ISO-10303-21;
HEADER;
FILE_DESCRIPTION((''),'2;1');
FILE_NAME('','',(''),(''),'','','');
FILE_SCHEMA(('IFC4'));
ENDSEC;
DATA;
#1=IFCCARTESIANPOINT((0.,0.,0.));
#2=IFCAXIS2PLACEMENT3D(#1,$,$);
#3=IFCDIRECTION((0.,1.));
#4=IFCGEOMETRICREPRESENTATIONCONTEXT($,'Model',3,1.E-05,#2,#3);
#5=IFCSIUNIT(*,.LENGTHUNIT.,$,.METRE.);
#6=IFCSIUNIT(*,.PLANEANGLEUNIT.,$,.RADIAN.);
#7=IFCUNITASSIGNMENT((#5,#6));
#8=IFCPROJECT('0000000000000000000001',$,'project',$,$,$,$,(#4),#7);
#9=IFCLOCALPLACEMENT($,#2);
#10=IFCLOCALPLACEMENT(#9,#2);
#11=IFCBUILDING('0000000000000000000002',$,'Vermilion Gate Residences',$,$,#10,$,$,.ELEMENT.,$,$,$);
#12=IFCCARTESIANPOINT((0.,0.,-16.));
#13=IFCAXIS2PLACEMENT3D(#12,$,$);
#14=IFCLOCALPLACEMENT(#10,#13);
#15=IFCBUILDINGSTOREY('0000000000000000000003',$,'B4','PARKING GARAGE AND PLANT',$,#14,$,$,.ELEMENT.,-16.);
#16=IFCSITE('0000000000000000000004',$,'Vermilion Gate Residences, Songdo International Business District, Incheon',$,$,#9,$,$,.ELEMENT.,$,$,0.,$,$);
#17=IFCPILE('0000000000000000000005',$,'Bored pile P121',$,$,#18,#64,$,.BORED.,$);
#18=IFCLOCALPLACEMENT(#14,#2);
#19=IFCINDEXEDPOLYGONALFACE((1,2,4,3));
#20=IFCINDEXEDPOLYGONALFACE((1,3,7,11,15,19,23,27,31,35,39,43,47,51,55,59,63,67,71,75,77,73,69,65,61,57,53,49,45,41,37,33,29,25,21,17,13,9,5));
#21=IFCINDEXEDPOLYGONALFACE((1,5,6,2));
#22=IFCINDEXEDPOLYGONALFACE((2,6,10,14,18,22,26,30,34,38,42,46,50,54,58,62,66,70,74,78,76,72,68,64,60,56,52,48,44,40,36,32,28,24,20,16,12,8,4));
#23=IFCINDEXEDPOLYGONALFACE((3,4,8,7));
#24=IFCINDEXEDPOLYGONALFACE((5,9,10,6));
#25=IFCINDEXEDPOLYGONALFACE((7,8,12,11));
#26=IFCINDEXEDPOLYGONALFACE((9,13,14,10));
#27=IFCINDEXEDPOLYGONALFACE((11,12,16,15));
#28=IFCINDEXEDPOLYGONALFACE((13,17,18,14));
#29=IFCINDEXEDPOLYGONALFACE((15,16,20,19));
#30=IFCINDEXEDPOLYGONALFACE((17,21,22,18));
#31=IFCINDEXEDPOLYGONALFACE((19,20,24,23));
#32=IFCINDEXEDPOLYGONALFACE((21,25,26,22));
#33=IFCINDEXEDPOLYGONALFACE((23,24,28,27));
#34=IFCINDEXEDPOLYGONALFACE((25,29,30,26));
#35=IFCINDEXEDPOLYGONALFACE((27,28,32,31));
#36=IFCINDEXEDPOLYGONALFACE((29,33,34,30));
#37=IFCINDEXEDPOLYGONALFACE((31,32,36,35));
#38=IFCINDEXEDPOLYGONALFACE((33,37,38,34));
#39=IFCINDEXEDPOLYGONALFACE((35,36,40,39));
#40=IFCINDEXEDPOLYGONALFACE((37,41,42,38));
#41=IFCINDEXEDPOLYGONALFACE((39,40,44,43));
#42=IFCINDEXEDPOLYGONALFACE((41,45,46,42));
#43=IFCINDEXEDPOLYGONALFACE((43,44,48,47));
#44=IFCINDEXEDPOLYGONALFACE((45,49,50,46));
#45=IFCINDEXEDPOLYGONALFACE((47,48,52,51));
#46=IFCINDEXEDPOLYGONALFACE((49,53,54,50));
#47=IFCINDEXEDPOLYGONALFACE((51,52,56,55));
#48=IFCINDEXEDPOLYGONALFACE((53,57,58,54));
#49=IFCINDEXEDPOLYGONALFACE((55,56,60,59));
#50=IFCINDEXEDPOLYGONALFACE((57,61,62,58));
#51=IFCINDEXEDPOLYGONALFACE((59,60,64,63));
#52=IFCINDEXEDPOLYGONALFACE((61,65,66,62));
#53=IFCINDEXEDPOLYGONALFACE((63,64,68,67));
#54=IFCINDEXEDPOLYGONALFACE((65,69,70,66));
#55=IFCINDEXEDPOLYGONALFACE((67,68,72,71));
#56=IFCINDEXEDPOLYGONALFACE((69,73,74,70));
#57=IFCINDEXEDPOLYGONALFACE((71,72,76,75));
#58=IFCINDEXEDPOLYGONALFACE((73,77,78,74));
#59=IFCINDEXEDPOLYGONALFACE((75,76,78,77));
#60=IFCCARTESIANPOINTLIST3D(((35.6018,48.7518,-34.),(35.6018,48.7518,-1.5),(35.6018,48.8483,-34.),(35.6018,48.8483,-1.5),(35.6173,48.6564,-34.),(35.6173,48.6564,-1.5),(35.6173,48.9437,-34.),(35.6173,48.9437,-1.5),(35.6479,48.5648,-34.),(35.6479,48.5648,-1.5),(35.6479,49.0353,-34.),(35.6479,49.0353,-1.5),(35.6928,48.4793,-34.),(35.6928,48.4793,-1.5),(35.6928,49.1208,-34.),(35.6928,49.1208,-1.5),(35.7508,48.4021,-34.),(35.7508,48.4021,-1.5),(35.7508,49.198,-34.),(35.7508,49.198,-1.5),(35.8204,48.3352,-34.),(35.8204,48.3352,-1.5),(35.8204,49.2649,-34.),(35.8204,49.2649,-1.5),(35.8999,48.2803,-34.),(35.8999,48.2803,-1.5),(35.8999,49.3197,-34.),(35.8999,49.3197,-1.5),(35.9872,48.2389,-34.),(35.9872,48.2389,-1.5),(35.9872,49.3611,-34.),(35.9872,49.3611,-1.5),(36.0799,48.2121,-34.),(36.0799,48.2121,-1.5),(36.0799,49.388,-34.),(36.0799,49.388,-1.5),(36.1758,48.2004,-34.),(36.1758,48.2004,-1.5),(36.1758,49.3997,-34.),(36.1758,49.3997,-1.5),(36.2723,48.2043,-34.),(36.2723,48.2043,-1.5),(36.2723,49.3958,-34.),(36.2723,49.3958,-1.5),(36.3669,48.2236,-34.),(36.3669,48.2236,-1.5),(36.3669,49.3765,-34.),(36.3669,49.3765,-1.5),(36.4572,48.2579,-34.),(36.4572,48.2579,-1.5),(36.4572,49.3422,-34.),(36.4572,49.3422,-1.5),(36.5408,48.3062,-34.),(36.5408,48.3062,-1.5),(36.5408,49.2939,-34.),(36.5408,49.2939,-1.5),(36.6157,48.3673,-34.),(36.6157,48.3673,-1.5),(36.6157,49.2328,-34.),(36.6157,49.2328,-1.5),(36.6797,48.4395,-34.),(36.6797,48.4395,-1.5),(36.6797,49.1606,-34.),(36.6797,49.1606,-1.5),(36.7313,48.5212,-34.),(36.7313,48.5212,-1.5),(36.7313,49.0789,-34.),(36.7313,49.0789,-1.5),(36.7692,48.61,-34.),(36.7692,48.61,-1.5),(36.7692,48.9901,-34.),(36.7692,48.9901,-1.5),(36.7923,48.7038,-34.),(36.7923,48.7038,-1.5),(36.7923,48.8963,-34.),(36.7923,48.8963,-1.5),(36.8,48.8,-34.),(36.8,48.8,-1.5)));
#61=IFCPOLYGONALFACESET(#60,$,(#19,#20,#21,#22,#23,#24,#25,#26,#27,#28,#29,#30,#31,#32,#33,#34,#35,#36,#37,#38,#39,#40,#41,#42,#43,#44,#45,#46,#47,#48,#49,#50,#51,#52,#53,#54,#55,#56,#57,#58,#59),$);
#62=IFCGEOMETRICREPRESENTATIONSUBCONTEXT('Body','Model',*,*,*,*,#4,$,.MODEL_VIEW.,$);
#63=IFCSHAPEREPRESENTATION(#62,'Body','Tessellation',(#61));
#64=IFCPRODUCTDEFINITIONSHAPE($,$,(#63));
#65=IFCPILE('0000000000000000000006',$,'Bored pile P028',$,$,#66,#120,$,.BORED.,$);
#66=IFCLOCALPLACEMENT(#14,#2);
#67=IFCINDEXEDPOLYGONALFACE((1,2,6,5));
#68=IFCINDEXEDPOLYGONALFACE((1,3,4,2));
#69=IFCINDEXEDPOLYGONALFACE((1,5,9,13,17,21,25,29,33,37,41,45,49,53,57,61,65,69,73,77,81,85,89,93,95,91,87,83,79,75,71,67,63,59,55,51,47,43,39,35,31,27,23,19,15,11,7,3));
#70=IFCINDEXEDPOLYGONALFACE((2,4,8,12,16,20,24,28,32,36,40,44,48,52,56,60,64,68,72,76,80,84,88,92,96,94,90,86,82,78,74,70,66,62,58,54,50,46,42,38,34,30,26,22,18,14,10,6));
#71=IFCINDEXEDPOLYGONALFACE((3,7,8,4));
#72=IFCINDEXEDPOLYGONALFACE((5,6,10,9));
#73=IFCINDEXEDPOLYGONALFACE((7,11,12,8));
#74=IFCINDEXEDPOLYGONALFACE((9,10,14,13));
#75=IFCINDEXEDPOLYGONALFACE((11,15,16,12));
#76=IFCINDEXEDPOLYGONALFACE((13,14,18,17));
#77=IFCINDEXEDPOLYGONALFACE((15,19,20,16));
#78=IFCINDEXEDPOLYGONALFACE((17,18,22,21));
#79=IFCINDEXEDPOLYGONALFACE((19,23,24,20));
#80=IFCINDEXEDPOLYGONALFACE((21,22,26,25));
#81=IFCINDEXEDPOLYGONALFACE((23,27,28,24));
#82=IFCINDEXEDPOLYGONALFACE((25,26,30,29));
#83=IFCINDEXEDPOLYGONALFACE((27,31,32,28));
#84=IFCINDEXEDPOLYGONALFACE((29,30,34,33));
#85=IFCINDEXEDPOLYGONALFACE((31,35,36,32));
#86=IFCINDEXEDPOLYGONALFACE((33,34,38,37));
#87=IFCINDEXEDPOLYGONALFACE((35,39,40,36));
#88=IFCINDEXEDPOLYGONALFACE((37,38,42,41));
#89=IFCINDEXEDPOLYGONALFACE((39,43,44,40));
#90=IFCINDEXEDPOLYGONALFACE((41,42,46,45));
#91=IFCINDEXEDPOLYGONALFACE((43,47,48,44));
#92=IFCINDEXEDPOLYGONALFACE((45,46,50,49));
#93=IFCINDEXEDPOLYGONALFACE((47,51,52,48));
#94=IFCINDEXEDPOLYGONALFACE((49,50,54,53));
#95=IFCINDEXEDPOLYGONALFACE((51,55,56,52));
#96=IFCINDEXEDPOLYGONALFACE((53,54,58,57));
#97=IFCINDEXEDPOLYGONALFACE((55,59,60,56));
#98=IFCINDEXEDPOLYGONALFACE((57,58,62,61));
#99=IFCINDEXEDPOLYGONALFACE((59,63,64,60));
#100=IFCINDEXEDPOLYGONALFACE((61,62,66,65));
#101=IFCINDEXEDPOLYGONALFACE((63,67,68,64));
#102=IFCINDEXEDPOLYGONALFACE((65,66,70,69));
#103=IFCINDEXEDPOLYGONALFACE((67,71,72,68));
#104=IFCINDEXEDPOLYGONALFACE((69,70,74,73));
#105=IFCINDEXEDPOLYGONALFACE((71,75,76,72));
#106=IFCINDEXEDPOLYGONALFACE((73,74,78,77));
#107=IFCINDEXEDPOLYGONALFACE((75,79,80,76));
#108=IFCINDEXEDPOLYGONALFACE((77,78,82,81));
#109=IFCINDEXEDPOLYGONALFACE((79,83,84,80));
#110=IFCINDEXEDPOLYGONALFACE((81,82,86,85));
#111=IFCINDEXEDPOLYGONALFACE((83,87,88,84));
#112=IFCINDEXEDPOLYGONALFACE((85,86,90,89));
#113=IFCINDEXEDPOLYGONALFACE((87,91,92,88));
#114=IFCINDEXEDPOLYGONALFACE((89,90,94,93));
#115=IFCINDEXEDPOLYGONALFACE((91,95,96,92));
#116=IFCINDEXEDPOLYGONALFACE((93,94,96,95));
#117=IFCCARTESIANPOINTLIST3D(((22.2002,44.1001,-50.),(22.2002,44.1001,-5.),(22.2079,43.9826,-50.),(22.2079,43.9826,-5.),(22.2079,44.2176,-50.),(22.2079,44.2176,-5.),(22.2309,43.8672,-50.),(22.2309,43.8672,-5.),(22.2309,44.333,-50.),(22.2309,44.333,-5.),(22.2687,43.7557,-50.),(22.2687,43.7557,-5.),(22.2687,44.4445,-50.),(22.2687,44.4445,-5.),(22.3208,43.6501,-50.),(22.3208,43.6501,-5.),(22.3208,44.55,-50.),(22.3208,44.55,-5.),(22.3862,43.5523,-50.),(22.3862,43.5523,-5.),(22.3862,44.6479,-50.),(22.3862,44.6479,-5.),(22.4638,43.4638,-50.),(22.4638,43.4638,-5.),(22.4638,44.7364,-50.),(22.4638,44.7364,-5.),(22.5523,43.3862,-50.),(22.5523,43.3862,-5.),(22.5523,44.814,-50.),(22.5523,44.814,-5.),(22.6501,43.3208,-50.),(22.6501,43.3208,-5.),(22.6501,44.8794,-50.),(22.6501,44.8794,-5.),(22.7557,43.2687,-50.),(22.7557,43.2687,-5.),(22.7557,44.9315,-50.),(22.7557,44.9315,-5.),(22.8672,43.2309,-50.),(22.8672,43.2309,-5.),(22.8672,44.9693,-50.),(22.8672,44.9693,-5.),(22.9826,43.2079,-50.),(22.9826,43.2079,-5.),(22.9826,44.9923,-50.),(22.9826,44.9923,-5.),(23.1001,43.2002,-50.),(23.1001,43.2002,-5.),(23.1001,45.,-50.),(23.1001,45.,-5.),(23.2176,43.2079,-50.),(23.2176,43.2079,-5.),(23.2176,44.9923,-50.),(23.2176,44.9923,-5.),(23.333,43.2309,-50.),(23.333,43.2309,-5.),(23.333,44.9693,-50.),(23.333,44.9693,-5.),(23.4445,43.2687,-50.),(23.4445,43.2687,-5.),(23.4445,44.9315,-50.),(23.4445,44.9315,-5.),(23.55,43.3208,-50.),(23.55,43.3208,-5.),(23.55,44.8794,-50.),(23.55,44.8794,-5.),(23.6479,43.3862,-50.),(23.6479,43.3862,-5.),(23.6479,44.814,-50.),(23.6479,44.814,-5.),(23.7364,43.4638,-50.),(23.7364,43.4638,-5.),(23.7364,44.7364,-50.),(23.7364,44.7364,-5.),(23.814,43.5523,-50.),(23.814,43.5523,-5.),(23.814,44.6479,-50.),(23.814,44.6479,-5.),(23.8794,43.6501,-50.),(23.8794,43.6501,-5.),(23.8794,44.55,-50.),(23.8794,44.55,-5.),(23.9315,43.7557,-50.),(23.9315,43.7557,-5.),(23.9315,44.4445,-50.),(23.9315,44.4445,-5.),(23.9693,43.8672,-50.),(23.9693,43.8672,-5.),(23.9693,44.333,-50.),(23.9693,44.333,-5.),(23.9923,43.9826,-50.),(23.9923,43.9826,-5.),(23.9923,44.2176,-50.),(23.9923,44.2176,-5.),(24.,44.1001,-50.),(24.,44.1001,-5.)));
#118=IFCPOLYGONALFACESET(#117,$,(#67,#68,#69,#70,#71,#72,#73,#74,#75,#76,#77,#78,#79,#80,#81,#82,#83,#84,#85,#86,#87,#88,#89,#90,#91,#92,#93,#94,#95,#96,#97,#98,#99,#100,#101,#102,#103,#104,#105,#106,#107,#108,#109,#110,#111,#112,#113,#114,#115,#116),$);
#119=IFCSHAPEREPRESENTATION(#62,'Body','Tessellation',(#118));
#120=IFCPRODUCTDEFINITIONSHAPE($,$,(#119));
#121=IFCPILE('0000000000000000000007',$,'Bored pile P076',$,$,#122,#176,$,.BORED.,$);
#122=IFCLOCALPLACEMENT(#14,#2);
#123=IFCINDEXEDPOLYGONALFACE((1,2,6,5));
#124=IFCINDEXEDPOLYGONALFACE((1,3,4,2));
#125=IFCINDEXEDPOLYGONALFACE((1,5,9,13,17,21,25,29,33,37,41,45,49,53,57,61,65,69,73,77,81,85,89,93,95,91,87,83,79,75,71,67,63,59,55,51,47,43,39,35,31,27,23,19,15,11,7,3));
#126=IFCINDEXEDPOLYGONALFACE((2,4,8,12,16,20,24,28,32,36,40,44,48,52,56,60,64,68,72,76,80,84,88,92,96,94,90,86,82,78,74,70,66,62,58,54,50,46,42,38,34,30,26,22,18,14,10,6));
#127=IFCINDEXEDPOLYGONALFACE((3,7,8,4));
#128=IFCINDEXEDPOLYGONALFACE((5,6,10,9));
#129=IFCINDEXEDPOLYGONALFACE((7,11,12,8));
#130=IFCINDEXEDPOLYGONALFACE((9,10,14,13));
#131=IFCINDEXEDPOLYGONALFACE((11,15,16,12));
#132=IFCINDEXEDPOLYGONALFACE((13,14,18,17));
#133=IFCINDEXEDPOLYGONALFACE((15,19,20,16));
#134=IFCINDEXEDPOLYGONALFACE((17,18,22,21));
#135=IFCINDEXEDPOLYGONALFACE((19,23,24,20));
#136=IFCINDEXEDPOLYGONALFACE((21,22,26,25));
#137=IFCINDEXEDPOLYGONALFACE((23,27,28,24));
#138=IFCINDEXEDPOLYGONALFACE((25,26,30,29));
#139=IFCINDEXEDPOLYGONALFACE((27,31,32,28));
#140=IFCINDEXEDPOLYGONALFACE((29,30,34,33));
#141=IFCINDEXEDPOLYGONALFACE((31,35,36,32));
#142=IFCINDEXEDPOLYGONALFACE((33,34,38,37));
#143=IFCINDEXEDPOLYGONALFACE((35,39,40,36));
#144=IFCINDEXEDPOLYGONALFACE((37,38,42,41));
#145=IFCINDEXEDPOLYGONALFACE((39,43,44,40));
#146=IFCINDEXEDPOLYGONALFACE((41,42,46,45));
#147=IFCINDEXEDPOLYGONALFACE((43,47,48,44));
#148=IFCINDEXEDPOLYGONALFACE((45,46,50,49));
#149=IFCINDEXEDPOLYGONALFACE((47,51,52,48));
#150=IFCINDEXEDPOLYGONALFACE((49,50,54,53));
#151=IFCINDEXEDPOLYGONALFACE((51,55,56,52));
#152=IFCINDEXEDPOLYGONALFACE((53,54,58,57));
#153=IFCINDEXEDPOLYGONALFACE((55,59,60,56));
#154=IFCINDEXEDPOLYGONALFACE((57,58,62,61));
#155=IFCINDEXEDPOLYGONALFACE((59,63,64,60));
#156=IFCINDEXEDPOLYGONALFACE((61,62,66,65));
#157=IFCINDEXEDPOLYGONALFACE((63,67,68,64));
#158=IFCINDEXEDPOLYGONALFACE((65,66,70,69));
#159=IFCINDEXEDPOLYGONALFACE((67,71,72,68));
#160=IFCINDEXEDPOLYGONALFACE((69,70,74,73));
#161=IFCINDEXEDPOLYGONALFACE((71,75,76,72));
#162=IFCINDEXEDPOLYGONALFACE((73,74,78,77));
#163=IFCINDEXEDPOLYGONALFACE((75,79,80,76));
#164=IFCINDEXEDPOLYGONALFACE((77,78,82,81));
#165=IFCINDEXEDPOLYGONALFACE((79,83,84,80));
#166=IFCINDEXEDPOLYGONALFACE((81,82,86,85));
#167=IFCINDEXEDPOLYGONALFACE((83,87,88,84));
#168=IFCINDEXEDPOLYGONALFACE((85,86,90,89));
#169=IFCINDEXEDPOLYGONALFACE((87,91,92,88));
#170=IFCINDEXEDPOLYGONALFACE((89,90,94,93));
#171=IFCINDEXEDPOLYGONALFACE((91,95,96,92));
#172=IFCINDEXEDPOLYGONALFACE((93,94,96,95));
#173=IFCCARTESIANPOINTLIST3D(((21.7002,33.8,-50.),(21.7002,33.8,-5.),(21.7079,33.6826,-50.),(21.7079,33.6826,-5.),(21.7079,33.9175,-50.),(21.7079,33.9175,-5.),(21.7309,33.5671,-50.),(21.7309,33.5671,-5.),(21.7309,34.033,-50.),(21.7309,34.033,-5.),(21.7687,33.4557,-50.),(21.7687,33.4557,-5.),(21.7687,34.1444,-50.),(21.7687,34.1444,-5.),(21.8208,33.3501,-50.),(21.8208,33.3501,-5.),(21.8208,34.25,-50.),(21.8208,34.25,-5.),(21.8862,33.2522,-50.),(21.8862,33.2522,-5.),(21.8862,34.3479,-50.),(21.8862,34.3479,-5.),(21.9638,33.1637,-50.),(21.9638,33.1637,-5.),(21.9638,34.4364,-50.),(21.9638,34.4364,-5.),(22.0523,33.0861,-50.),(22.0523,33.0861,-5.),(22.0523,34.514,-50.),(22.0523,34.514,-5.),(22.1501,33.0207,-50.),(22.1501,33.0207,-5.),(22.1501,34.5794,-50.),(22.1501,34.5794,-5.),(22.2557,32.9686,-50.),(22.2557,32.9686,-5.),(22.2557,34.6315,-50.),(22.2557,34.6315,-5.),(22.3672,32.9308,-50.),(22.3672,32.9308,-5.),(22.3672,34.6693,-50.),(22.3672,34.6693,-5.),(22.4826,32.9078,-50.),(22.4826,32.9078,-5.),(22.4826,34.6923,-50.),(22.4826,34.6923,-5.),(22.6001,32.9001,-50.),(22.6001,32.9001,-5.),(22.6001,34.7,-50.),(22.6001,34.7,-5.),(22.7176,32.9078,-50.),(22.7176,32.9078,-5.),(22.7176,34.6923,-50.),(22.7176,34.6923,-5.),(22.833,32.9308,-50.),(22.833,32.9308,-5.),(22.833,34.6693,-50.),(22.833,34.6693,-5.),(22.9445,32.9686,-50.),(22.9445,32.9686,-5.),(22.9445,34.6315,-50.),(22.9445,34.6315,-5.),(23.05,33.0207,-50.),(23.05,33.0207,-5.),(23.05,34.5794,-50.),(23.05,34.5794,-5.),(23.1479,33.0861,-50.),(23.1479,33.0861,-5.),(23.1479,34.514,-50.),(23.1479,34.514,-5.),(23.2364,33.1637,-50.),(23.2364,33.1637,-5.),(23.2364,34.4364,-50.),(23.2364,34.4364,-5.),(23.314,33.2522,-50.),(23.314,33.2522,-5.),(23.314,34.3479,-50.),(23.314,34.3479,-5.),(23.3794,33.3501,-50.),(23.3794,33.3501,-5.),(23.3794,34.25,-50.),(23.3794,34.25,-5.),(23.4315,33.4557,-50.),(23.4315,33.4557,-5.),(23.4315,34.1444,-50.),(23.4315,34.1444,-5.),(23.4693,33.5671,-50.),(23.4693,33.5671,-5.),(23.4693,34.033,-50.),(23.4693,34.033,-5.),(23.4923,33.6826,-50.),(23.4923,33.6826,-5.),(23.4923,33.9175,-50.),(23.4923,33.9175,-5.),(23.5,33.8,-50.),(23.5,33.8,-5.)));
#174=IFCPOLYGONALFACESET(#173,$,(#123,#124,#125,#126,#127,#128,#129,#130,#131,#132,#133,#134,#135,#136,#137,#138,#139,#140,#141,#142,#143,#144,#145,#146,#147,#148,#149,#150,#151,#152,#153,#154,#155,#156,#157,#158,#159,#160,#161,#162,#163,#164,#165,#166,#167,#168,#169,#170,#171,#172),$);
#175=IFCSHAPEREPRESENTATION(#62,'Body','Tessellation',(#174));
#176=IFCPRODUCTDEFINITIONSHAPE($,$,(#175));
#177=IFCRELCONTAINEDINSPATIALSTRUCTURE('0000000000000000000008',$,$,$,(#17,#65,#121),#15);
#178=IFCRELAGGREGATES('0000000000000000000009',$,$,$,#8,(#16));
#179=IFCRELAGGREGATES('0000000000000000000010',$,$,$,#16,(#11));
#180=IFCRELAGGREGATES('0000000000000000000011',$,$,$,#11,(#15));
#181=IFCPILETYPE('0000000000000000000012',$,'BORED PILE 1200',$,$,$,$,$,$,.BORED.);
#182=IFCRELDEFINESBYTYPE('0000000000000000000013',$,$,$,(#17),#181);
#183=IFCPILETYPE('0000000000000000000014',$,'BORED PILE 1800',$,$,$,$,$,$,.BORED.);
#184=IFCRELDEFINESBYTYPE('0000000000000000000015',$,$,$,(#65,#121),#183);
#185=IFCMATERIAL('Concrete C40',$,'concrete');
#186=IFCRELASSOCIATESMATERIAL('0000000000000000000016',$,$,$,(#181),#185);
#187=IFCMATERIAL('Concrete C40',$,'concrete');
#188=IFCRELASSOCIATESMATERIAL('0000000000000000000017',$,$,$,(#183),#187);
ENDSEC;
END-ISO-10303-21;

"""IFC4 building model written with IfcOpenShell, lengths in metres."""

from ifc_helpers import new_model, si_unit, direction, frame, origin, origin_2d, place, context, subcontext, project, spatial, circle, extrude, material, material_profile, profile_set, type_object, element, save


model = new_model("IFC4")

# Units and contexts
model_context = context("Model", 3, precision=1e-05, world=origin(), true_north=direction((0.0, 1.0)))
body_context = subcontext(model_context, "Body", "Model", "MODEL_VIEW")
ifc_project = project(units=[si_unit("LENGTHUNIT", "METRE"), si_unit("PLANEANGLEUNIT", "RADIAN")], contexts=[model_context])

# Site, building, storey
site_placement = place(None, origin())
site = spatial("IfcSite", under=ifc_project, at=site_placement, Name="Vermilion Gate Residences, Songdo International Business District, Incheon", CompositionType="ELEMENT", RefElevation=0.0)
building_placement = place(site_placement, origin())
building = spatial("IfcBuilding", under=site, at=building_placement, Name="Vermilion Gate Residences", CompositionType="ELEMENT")
storey_placement = place(building_placement, frame((0.0, 0.0, -16.0)))
storey = spatial("IfcBuildingStorey", under=building, at=storey_placement, Name="B4", Description="PARKING GARAGE AND PLANT", CompositionType="ELEMENT", Elevation=-16.0)

# Piles
ifc_material_1 = material(Name="Concrete C40", Category="concrete")
ifc_material_profile_1 = material_profile(ifc_material_1, circle(Radius=0.6001, at=origin_2d()), Name="BORED PILE 1200")
ifc_profile_set_1 = profile_set([ifc_material_profile_1], Name="Concrete C40")
pile_type_1 = type_object("IfcPileType", Name="BORED PILE 1200", PredefinedType="BORED", material=ifc_profile_set_1)
for number, where, z_axis, x_axis, name in (
    (1, (36.2, 48.8, -1.5), (0.0, 0.0, -1.0), (1.0, 0.0, 0.0), "Bored pile P121"),
):
    element("IfcPile", number, at=place(storey_placement, frame(where, z_axis=z_axis, x_axis=x_axis)), inside=storey, type_object=pile_type_1, Name=name, PredefinedType="BORED", context=body_context, shape_type="SweptSolid", body=[
        extrude(circle(Radius=0.6001, at=origin_2d()), origin(), (0.0, 0.0, 1.0), 32.5),
    ])
ifc_material_2 = material(Name="Concrete C40", Category="concrete")
ifc_material_profile_2 = material_profile(ifc_material_2, circle(Radius=0.8999, at=origin_2d()), Name="BORED PILE 1800")
ifc_profile_set_2 = profile_set([ifc_material_profile_2], Name="Concrete C40")
pile_type_2 = type_object("IfcPileType", Name="BORED PILE 1800", PredefinedType="BORED", material=ifc_profile_set_2)
for number, where, z_axis, x_axis, name in (
    (2, (23.1001, 44.1001, -5.0), (0.0, 0.0, -1.0), (1.0, 0.0, 0.0), "Bored pile P028"),
    (3, (22.6001, 33.8, -5.0), (0.0, 0.0, -1.0), (1.0, 0.0, 0.0), "Bored pile P076"),
):
    element("IfcPile", number, at=place(storey_placement, frame(where, z_axis=z_axis, x_axis=x_axis)), inside=storey, type_object=pile_type_2, Name=name, PredefinedType="BORED", context=body_context, shape_type="SweptSolid", body=[
        extrude(circle(Radius=0.8999, at=origin_2d()), origin(), (0.0, 0.0, 1.0), 45.0),
    ])

save(model, "model.ifc")
